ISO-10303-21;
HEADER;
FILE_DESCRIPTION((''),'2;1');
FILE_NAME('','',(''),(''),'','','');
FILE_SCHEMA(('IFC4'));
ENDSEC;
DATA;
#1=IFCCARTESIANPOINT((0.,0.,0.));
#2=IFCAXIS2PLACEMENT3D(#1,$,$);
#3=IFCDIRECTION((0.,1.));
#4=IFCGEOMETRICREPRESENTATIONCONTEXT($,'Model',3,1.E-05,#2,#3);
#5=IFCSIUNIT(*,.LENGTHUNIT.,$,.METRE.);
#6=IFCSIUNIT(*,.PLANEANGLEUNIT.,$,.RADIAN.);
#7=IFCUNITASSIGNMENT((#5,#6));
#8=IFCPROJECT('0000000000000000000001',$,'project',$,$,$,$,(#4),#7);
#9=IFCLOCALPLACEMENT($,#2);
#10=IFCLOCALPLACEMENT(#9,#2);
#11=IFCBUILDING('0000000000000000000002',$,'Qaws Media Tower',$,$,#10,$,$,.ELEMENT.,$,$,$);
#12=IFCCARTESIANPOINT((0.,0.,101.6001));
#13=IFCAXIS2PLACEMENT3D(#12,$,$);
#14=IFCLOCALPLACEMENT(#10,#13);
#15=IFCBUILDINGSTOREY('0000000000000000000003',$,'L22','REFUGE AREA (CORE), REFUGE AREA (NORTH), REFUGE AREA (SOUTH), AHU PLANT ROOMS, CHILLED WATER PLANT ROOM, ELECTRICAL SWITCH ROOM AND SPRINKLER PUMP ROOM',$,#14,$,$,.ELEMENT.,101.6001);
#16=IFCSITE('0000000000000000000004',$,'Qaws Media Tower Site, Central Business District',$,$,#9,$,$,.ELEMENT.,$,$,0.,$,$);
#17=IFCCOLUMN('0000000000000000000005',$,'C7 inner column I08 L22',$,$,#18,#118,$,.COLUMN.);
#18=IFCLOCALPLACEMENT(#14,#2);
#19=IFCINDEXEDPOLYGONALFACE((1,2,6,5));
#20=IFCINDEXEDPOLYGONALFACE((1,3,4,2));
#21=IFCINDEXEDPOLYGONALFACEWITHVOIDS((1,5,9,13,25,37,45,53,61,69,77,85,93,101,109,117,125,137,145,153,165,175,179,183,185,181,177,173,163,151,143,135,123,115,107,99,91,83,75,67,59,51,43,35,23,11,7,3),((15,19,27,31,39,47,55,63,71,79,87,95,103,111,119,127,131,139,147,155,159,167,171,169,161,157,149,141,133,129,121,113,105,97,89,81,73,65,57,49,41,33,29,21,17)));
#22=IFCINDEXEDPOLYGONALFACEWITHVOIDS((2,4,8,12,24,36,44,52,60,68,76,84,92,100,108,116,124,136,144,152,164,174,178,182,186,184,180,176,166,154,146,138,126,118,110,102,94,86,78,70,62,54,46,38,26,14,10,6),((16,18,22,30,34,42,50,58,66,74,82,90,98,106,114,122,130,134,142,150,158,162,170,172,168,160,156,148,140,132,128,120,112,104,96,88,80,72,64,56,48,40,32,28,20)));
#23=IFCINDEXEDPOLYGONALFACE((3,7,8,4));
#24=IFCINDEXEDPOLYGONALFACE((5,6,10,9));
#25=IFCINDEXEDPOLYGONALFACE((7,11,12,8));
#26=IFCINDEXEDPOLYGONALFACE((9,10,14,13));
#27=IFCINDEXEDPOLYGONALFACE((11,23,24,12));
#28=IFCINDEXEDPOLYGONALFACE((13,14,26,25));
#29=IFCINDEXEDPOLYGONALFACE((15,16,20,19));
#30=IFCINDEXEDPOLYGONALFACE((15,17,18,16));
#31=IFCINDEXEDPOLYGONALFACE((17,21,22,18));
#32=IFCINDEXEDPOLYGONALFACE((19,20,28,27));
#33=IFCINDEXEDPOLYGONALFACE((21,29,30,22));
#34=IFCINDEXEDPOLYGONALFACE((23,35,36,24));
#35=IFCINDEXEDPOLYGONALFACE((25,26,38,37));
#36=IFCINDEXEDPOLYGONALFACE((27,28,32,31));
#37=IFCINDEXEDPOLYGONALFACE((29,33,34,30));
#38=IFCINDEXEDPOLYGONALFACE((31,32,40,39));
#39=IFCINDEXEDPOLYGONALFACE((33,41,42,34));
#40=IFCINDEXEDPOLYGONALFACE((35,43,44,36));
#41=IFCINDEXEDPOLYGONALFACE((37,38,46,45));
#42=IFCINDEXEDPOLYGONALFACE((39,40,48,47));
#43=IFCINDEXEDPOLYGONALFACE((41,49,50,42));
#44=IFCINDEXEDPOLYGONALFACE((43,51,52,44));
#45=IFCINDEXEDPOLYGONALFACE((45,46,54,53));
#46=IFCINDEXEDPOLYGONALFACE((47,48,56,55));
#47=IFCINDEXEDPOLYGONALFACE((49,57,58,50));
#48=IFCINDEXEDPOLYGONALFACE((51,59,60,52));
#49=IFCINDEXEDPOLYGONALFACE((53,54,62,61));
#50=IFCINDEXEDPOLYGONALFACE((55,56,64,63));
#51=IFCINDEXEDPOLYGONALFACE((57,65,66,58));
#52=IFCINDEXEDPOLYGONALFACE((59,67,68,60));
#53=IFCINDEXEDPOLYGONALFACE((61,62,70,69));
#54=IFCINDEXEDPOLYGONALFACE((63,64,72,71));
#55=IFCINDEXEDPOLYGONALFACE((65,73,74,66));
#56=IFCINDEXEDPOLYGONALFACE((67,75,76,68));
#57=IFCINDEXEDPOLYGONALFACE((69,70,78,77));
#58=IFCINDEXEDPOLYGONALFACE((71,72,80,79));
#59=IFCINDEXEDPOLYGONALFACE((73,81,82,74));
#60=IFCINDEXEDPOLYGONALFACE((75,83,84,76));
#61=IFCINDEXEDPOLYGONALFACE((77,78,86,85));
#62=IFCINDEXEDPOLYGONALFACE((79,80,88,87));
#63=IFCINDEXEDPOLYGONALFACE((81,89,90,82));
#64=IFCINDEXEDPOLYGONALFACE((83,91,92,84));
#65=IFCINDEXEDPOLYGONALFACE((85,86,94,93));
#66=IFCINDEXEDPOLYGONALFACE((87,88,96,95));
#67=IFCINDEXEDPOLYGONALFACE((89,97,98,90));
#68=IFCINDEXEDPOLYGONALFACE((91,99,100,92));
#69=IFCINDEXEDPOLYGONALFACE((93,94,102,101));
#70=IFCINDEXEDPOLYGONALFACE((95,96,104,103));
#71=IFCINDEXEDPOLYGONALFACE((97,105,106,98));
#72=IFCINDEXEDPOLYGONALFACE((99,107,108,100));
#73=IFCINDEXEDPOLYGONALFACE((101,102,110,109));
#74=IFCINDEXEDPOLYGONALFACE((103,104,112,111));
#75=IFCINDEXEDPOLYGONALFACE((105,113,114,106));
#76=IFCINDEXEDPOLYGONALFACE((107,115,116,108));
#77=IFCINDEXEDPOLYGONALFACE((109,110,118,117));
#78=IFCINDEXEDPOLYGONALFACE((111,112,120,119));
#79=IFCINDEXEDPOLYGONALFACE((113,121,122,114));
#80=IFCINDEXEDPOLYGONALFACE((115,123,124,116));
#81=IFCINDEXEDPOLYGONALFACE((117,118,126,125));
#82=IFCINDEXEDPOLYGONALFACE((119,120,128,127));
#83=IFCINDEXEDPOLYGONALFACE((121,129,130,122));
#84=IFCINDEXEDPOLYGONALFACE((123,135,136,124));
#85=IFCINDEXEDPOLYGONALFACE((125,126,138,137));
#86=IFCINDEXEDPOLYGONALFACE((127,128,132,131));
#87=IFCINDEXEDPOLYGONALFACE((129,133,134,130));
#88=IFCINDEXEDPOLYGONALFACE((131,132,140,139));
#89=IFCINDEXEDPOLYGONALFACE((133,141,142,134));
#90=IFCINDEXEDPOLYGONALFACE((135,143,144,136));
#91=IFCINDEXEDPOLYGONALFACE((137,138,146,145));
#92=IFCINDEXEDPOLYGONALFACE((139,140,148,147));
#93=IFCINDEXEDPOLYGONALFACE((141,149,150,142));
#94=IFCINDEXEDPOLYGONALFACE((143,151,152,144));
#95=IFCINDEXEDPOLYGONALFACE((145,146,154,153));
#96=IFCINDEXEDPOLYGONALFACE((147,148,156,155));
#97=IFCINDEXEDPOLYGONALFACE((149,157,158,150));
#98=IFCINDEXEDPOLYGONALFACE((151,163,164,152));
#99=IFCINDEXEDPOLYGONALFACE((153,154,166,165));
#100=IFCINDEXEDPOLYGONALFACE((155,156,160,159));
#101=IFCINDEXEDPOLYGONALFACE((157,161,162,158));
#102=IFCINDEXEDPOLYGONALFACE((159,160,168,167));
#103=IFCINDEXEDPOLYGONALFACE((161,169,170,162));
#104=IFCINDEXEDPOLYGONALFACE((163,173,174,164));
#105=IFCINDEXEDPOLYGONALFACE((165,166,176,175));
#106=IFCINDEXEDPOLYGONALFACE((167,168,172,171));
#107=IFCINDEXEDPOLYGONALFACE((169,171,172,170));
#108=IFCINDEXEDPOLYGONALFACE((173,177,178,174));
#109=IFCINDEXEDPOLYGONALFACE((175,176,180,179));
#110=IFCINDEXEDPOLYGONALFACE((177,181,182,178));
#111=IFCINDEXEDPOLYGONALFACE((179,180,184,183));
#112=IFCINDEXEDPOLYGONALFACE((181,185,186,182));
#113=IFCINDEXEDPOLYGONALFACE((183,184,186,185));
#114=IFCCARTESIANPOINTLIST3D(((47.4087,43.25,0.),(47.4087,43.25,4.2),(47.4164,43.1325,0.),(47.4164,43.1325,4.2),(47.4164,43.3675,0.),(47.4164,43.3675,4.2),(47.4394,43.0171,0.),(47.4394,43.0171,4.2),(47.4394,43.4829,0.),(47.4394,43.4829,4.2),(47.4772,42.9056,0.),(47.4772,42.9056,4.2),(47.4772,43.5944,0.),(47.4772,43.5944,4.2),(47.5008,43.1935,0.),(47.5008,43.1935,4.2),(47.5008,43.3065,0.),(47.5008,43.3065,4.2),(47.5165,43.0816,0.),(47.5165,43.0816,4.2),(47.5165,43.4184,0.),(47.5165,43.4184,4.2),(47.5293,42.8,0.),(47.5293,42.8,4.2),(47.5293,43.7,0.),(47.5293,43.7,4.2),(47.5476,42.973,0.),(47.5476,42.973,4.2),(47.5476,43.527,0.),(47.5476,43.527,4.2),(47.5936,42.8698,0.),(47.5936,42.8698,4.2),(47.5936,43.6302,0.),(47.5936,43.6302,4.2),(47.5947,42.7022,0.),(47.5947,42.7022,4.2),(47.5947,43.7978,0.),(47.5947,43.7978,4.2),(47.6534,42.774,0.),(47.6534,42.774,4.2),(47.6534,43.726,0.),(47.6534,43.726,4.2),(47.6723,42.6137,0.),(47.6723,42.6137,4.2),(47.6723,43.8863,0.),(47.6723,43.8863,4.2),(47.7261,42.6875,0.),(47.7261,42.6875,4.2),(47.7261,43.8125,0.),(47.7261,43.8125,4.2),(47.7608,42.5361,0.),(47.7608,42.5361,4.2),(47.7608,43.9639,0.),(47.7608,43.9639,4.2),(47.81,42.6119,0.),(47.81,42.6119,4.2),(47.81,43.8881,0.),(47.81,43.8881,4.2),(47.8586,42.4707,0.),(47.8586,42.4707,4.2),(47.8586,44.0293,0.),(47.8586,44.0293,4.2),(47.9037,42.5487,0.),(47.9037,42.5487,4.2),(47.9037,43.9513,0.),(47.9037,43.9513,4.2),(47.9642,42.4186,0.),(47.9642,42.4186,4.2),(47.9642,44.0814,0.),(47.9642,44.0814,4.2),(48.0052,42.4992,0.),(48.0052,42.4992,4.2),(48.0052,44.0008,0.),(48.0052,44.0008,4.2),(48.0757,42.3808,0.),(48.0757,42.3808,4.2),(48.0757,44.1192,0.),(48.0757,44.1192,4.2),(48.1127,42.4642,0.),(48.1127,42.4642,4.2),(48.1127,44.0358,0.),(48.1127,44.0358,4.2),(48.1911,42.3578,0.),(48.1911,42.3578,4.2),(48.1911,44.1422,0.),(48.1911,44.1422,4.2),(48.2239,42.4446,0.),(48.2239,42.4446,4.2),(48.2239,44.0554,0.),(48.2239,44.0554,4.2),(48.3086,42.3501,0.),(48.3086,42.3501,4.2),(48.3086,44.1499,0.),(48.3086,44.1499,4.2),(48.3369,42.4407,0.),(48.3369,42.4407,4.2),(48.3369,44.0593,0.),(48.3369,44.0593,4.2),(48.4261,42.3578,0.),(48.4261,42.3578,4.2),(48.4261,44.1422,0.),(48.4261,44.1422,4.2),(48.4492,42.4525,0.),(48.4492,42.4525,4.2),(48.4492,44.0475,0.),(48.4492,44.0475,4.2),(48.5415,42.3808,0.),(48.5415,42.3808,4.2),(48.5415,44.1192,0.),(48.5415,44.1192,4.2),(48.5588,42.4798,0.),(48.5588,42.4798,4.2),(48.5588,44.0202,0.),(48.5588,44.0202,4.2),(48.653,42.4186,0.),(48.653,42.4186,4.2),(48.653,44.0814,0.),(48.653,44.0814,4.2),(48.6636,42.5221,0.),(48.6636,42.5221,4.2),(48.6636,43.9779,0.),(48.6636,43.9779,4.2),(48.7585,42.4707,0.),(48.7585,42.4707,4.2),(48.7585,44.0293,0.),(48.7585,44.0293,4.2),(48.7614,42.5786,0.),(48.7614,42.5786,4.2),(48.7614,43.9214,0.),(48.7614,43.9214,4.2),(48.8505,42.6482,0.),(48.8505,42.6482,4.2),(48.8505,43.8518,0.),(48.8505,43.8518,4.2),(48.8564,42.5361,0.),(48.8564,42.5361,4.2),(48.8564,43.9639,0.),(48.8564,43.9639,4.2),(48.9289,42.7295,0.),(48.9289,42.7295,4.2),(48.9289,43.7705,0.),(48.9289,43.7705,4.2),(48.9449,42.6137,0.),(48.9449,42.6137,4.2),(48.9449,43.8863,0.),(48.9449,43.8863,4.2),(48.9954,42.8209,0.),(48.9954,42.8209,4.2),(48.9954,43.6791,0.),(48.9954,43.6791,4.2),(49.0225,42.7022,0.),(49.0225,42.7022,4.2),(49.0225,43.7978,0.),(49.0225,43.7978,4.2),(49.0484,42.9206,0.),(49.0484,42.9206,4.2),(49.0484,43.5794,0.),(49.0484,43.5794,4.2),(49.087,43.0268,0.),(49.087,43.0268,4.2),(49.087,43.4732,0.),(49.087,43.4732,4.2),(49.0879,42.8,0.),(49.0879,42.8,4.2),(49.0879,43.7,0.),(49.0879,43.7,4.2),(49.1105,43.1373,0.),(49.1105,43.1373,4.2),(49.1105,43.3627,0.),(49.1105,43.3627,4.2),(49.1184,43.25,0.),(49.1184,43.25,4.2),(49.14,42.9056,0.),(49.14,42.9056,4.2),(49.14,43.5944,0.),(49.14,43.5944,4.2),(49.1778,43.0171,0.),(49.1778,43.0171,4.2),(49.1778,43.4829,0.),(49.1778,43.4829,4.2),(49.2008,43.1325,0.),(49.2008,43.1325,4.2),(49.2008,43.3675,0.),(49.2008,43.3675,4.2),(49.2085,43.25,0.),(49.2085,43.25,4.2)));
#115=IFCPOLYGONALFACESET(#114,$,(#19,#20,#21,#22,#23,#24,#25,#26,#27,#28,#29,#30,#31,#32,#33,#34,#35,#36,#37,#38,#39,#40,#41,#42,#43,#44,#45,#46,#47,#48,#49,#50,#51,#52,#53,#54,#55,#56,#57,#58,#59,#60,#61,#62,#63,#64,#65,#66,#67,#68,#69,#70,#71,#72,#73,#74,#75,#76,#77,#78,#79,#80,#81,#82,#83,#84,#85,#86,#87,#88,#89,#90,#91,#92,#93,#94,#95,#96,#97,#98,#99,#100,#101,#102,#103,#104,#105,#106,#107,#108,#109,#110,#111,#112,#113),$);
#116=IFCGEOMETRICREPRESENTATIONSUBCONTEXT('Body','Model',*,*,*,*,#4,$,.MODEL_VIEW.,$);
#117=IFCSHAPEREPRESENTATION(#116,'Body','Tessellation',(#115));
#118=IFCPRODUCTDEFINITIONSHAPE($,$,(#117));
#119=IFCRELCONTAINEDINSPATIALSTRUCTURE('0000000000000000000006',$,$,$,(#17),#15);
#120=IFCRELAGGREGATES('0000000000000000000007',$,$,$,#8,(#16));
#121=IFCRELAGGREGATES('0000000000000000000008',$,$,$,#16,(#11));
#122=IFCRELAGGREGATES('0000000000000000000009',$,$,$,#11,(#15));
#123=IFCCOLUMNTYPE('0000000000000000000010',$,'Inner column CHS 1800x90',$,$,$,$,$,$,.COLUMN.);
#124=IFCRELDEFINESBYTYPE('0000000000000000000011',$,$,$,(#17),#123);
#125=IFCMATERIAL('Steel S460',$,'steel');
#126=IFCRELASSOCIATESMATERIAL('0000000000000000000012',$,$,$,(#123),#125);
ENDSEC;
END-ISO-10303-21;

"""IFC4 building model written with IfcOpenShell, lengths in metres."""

from ifc_helpers import new_model, si_unit, direction, frame, origin, origin_2d, place, context, subcontext, project, spatial, hollow_circle, extrude, material, material_profile, profile_set, type_object, element, save


model = new_model("IFC4")

# Units and contexts
model_context = context("Model", 3, precision=1e-05, world=origin(), true_north=direction((0.0, 1.0)))
body_context = subcontext(model_context, "Body", "Model", "MODEL_VIEW")
ifc_project = project(units=[si_unit("LENGTHUNIT", "METRE"), si_unit("PLANEANGLEUNIT", "RADIAN")], contexts=[model_context])

# Site, building, storey
site_placement = place(None, origin())
site = spatial("IfcSite", under=ifc_project, at=site_placement, Name="Qaws Media Tower Site, Central Business District", CompositionType="ELEMENT", RefElevation=0.0)
building_placement = place(site_placement, origin())
building = spatial("IfcBuilding", under=site, at=building_placement, Name="Qaws Media Tower", CompositionType="ELEMENT")
storey_placement = place(building_placement, frame((0.0, 0.0, 101.6001)))
storey = spatial("IfcBuildingStorey", under=building, at=storey_placement, Name="L22", Description="REFUGE AREA (CORE), REFUGE AREA (NORTH), REFUGE AREA (SOUTH), AHU PLANT ROOMS, CHILLED WATER PLANT ROOM, ELECTRICAL SWITCH ROOM AND SPRINKLER PUMP ROOM", CompositionType="ELEMENT", Elevation=101.6001)

# Column
ifc_material_1 = material(Name="Steel S460", Category="steel")
ifc_material_profile_1 = material_profile(ifc_material_1, hollow_circle(Radius=0.8999, WallThickness=0.0901, at=origin_2d()), Name="CHS 1800x90")
ifc_profile_set_1 = profile_set([ifc_material_profile_1], Name="Steel S460")
column_type = type_object("IfcColumnType", Name="Inner column CHS 1800x90", PredefinedType="COLUMN", material=ifc_profile_set_1)
for number, where, z_axis, x_axis, name in (
    (1, (48.3086, 43.25, 0.0), (0.0, 0.0, 1.0), (1.0, 0.0, 0.0), "C7 inner column I08 L22"),
):
    element("IfcColumn", number, at=place(storey_placement, frame(where, z_axis=z_axis, x_axis=x_axis)), inside=storey, type_object=column_type, Name=name, PredefinedType="COLUMN", context=body_context, shape_type="SweptSolid", body=[
        extrude(hollow_circle(Radius=0.8999, WallThickness=0.0901, at=origin_2d()), origin(), (0.0, 0.0, 1.0), 4.2),
    ])

save(model, "model.ifc")
